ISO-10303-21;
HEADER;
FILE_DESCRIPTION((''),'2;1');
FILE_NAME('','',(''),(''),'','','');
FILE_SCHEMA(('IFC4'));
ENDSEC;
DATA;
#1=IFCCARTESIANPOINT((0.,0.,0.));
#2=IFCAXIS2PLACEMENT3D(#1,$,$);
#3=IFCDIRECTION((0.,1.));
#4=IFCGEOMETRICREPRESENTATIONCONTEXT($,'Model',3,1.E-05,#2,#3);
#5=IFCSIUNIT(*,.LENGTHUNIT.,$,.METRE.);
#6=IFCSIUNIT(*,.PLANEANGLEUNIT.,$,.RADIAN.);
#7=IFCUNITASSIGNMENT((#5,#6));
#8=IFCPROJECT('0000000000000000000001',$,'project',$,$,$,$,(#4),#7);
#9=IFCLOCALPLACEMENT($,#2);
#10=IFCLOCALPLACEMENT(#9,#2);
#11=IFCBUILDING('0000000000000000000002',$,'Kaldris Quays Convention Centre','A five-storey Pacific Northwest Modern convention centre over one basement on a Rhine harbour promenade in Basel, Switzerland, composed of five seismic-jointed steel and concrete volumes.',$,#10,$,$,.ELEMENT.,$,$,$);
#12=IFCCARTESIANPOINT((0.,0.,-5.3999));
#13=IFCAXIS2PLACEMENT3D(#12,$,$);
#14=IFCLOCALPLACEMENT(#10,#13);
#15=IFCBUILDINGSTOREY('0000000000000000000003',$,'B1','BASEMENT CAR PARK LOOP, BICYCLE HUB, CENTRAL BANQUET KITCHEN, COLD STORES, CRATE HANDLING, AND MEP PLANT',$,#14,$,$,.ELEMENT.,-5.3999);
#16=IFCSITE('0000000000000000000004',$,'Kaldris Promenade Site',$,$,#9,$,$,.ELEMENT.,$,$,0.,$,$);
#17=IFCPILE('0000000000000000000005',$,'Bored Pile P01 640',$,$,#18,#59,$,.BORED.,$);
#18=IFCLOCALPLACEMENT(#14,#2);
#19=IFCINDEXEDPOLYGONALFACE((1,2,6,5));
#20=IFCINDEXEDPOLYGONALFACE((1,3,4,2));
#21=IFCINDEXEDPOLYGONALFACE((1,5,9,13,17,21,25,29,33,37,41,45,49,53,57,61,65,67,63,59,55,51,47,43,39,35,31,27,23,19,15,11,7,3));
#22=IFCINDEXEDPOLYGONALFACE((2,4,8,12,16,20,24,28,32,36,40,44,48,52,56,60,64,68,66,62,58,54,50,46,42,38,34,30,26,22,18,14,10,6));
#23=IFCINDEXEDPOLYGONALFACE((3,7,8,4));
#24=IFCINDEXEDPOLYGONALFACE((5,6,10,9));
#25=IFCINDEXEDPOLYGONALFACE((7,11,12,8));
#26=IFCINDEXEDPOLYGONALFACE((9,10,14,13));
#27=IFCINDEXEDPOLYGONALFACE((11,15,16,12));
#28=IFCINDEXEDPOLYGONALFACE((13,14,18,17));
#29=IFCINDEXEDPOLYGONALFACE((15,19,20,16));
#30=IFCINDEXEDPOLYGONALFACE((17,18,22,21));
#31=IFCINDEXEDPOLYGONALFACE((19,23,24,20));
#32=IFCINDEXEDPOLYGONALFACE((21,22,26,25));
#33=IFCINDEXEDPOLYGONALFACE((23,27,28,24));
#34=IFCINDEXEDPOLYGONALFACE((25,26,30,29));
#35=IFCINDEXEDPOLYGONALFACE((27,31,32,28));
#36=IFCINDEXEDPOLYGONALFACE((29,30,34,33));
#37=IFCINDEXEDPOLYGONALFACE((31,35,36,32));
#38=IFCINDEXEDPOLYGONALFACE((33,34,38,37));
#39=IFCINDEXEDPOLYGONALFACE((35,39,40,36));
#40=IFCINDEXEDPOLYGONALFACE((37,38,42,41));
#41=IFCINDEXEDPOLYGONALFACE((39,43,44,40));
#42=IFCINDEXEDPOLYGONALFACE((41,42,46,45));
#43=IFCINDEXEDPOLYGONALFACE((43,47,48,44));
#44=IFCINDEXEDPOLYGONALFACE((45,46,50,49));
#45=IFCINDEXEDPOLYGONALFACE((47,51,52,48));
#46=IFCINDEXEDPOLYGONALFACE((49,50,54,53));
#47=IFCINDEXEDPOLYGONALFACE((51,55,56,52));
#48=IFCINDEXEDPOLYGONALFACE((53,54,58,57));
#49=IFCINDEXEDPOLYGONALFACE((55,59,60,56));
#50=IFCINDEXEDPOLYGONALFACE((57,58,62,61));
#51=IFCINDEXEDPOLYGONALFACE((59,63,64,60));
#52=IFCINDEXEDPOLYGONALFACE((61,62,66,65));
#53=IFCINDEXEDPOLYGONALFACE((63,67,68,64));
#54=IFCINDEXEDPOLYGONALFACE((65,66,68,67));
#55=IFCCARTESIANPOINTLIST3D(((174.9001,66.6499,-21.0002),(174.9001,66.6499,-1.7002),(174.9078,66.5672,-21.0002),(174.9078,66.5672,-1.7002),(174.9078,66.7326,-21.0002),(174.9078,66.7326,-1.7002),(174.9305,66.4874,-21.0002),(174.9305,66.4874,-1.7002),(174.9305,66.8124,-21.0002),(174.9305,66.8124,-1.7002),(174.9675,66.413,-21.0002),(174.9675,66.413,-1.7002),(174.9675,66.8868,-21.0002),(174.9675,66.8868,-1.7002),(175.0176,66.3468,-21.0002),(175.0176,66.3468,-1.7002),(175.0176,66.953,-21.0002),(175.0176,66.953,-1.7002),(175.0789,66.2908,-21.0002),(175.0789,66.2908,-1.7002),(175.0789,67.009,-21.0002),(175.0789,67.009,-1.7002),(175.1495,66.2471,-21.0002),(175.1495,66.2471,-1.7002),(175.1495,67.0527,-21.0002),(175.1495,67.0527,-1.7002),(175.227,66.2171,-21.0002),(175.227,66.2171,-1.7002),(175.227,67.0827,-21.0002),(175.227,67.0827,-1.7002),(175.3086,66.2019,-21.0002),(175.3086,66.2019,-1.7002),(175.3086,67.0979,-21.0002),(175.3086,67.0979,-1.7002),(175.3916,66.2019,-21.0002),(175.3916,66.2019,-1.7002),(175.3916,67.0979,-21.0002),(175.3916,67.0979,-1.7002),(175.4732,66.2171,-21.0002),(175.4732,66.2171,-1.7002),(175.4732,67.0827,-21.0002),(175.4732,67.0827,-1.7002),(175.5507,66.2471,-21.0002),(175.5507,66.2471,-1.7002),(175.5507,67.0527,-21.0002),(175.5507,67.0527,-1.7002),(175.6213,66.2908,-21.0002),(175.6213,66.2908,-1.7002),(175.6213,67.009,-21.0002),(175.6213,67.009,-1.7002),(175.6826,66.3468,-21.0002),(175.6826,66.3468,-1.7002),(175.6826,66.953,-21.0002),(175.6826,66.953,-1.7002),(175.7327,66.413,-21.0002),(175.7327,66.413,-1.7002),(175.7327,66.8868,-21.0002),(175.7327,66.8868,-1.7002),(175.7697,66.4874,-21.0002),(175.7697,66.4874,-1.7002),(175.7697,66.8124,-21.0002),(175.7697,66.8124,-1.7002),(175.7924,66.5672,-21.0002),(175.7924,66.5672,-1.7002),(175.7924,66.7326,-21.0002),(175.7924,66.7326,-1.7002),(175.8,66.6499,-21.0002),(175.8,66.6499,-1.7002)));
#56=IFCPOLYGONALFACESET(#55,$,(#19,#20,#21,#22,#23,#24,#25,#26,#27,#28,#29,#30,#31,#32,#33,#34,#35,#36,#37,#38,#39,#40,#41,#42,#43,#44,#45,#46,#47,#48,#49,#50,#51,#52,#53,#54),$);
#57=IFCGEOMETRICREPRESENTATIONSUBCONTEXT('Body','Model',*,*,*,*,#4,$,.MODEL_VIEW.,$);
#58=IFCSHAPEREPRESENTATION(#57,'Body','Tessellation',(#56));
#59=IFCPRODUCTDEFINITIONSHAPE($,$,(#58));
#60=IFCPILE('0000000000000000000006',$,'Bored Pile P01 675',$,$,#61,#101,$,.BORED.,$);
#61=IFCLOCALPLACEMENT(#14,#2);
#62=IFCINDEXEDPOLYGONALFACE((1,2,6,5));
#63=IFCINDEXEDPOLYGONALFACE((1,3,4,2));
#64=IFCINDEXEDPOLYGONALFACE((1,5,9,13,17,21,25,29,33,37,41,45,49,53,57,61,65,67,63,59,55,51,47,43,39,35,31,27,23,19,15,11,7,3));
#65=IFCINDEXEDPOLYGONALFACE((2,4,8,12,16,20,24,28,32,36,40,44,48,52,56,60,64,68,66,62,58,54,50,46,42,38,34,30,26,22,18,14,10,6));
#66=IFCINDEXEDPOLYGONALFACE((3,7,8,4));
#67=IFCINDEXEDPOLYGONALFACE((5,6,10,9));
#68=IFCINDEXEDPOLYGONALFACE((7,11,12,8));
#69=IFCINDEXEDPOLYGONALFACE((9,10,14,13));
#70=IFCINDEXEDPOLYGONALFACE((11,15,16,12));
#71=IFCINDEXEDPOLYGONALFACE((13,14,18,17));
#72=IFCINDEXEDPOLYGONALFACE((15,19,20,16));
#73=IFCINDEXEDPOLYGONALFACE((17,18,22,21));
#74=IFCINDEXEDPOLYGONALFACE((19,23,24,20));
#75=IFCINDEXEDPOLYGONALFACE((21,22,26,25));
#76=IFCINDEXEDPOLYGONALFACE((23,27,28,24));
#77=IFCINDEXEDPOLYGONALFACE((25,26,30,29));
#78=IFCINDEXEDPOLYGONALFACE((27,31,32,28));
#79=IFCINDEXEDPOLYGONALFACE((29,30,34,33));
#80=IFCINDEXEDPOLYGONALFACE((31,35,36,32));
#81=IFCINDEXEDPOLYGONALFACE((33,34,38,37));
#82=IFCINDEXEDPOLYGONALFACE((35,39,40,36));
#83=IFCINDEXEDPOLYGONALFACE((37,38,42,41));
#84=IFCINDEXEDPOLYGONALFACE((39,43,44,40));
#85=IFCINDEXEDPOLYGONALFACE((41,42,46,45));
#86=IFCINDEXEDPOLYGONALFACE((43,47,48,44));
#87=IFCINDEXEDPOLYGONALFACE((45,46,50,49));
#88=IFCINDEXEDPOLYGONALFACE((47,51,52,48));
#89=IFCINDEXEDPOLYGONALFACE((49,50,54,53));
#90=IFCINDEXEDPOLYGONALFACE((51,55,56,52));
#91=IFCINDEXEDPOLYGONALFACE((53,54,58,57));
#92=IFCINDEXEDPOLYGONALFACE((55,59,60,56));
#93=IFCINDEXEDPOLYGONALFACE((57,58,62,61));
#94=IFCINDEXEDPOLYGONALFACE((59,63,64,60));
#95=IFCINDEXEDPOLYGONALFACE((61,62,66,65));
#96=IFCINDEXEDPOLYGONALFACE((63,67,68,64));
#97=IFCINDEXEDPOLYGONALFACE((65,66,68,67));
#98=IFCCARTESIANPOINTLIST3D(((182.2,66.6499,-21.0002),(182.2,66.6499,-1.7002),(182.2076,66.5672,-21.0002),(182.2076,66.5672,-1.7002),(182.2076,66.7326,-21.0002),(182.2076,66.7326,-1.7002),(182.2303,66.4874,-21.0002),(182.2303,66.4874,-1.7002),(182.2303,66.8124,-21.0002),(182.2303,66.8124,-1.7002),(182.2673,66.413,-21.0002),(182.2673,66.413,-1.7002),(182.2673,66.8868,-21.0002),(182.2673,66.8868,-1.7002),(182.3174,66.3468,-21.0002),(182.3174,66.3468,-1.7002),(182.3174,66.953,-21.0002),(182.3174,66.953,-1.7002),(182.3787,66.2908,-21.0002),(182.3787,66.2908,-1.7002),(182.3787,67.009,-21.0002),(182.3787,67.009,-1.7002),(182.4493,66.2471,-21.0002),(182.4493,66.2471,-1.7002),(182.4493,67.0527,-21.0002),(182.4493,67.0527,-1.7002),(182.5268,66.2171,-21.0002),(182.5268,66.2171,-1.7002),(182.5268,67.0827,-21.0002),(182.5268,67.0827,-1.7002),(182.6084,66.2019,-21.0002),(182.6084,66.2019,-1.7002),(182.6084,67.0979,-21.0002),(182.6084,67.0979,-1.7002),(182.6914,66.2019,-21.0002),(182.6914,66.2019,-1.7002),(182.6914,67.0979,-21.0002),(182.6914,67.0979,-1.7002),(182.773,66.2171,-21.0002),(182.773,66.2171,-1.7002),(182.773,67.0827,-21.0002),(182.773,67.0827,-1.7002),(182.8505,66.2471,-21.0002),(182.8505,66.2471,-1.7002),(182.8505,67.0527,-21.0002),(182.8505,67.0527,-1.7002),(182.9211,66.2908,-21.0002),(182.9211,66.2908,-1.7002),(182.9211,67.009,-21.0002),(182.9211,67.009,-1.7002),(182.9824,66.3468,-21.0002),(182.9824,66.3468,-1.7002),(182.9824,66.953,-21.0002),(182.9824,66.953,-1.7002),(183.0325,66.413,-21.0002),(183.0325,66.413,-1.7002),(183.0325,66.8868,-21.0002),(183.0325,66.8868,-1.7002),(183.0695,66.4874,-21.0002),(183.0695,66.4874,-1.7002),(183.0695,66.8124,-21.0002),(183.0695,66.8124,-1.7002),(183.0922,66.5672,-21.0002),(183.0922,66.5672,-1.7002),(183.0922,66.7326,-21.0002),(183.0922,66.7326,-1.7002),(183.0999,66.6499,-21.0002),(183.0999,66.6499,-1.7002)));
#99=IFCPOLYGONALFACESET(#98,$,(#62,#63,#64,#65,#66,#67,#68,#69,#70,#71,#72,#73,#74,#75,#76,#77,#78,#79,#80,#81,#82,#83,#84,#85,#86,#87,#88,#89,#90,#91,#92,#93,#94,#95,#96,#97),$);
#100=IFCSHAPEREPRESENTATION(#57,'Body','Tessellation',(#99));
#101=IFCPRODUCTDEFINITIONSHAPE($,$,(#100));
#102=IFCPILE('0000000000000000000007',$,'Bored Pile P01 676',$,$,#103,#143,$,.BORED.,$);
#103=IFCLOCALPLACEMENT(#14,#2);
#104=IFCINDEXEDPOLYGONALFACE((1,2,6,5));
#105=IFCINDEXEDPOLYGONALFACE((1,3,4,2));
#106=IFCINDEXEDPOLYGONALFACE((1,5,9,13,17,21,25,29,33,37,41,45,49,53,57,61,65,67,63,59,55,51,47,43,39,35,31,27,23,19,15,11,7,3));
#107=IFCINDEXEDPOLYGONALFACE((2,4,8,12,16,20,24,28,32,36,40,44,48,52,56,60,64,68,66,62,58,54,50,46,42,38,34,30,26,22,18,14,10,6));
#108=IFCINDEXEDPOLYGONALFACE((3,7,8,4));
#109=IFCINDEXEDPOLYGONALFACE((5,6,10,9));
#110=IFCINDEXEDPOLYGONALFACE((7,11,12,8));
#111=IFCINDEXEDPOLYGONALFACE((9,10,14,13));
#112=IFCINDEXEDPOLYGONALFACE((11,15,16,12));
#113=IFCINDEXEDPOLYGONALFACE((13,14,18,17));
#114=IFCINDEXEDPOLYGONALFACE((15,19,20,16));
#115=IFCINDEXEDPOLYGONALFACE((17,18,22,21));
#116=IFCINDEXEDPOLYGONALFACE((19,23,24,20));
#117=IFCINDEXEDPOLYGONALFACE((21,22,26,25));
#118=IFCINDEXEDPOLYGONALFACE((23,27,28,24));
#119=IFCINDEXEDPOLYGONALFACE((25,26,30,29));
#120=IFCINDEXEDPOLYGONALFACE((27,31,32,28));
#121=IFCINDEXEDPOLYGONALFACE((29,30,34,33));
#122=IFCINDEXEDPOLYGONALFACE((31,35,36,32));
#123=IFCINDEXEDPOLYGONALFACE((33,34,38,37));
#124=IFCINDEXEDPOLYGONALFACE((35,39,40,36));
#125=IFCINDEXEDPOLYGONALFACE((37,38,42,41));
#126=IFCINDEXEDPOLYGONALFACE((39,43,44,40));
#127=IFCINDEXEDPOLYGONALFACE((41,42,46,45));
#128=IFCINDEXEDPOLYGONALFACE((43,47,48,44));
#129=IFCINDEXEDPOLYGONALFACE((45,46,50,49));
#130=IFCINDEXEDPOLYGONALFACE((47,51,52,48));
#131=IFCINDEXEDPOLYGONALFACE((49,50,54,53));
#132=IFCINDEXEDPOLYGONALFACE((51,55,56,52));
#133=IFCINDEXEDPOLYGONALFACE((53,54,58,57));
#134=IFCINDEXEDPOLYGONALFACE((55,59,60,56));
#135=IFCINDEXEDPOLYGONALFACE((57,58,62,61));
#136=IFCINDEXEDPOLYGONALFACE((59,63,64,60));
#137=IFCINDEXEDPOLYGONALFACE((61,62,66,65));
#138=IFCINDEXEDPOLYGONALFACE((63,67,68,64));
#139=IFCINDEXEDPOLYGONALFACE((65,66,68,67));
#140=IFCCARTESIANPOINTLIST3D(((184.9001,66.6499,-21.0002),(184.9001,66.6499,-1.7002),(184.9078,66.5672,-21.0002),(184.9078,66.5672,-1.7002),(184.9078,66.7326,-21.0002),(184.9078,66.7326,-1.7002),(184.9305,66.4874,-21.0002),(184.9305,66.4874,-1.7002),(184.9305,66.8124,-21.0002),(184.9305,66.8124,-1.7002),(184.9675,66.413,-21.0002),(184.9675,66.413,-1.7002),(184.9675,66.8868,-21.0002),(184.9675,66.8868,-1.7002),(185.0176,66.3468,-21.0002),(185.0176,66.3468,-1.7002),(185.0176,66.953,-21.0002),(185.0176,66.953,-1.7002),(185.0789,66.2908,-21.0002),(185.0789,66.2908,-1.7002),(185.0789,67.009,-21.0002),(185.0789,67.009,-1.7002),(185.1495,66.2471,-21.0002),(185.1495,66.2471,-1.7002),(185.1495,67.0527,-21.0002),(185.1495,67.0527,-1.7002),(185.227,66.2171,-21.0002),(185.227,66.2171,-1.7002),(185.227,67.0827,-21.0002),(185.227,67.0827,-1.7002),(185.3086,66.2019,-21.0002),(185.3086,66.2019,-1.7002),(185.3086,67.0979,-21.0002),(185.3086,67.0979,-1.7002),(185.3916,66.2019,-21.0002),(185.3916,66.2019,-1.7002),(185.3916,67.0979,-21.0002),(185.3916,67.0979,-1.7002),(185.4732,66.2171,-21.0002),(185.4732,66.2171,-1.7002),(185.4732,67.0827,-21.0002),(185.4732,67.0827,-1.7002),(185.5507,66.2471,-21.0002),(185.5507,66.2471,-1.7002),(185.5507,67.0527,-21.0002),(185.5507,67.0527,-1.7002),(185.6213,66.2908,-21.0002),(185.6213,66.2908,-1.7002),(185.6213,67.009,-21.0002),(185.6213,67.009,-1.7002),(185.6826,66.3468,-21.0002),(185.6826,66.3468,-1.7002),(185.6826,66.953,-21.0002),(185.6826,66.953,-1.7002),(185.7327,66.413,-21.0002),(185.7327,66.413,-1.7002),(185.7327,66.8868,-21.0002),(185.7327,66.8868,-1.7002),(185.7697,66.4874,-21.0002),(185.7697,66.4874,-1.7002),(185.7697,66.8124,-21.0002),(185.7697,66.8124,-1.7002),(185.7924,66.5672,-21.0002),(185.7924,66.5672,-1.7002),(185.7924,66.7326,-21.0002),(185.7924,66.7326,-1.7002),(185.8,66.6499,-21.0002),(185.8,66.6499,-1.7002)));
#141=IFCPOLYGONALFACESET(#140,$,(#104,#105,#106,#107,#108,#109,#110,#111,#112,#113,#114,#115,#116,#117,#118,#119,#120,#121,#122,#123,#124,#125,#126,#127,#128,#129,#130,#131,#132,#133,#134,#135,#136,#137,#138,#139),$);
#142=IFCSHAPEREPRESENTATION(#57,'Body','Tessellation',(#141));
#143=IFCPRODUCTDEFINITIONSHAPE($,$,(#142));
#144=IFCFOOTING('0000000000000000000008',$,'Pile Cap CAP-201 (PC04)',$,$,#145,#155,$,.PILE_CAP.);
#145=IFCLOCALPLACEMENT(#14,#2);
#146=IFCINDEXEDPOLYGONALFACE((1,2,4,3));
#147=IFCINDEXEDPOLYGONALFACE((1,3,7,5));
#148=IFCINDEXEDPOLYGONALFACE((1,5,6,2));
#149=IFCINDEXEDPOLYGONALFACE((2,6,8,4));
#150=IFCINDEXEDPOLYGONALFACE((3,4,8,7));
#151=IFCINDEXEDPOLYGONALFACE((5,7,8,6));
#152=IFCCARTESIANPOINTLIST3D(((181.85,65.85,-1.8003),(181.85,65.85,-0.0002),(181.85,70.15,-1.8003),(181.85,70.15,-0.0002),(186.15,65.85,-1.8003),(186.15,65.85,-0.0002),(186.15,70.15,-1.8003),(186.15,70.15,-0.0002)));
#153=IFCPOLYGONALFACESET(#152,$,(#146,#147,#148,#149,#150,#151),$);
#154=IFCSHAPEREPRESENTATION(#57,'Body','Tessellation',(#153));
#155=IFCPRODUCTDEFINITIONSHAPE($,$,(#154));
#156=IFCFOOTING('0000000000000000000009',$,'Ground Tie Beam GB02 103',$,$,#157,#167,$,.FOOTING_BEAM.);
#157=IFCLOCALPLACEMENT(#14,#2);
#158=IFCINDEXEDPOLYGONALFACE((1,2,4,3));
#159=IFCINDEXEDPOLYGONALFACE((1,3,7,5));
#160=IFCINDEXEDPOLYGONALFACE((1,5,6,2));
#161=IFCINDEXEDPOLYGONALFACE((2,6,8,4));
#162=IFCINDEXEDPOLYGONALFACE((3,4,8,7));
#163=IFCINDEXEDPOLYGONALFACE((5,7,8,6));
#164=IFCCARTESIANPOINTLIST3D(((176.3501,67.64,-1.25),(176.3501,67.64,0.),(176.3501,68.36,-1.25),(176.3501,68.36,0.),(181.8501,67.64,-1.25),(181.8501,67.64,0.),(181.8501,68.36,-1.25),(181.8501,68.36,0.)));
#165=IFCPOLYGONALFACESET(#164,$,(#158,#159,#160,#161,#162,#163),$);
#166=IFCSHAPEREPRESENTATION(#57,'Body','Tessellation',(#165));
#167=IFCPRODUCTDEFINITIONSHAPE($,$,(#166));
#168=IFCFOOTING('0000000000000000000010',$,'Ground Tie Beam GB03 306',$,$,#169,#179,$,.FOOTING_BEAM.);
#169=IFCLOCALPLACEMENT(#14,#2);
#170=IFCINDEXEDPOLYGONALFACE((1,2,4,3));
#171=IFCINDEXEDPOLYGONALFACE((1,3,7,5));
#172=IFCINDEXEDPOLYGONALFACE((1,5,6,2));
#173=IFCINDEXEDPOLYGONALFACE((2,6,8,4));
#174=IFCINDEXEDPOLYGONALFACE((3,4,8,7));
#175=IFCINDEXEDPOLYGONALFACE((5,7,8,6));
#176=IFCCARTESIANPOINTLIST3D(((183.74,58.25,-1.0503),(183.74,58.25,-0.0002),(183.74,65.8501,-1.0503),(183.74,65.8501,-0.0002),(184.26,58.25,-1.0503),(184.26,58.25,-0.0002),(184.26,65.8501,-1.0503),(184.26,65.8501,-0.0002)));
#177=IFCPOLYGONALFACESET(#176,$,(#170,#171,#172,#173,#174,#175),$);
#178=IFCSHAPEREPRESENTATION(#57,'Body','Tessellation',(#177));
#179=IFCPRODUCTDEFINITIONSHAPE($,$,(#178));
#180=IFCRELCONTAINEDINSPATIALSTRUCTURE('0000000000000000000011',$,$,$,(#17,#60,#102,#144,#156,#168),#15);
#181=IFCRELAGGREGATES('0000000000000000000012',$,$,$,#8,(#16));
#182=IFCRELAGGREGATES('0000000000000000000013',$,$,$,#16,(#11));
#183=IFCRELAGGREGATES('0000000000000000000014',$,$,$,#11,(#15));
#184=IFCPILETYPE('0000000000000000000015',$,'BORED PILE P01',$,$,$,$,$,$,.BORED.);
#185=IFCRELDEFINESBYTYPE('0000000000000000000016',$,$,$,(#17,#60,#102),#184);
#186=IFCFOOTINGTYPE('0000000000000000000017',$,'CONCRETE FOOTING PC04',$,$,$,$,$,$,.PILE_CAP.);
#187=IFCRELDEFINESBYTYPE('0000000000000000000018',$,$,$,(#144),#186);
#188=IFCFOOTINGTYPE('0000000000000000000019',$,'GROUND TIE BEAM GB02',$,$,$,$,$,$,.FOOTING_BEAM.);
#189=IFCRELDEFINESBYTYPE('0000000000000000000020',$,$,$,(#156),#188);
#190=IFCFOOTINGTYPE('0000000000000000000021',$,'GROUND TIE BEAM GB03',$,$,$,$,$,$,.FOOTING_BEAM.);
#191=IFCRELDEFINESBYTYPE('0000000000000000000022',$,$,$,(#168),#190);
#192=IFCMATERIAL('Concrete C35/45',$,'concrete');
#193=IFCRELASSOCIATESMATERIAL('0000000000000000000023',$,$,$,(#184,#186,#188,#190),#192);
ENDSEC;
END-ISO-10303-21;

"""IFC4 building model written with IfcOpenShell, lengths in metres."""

from ifc_helpers import new_model, si_unit, direction, frame, origin, origin_2d, place, context, subcontext, project, spatial, rectangle, circle, extrude, material, material_profile, profile_set, type_object, element, save


model = new_model("IFC4")

# Units and contexts
model_context = context("Model", 3, precision=1e-05, world=origin(), true_north=direction((0.0, 1.0)))
body_context = subcontext(model_context, "Body", "Model", "MODEL_VIEW")
ifc_project = project(units=[si_unit("LENGTHUNIT", "METRE"), si_unit("PLANEANGLEUNIT", "RADIAN")], contexts=[model_context])

# Site, building, storey
site_placement = place(None, origin())
site = spatial("IfcSite", under=ifc_project, at=site_placement, Name="Kaldris Promenade Site", CompositionType="ELEMENT", RefElevation=0.0)
building_placement = place(site_placement, origin())
building = spatial("IfcBuilding", under=site, at=building_placement, Name="Kaldris Quays Convention Centre", Description="A five-storey Pacific Northwest Modern convention centre over one basement on a Rhine harbour promenade in Basel, Switzerland, composed of five seismic-jointed steel and concrete volumes.", CompositionType="ELEMENT")
storey_placement = place(building_placement, frame((0.0, 0.0, -5.3999)))
storey = spatial("IfcBuildingStorey", under=building, at=storey_placement, Name="B1", Description="BASEMENT CAR PARK LOOP, BICYCLE HUB, CENTRAL BANQUET KITCHEN, COLD STORES, CRATE HANDLING, AND MEP PLANT", CompositionType="ELEMENT", Elevation=-5.3999)

# Piles
ifc_material_1 = material(Name="Concrete C35/45", Category="concrete")
ifc_material_profile_1 = material_profile(ifc_material_1, circle(Radius=0.45, at=origin_2d()), Name="BORED PILE D900")
ifc_profile_set_1 = profile_set([ifc_material_profile_1], Name="Concrete C35/45")
pile_type = type_object("IfcPileType", Name="BORED PILE P01", PredefinedType="BORED", material=ifc_profile_set_1)
for number, where, z_axis, x_axis, name in (
    (1, (175.3501, 66.6499, -1.7002), (0.0, 0.0, -1.0), (1.0, 0.0, 0.0), "Bored Pile P01 640"),
    (2, (182.6499, 66.6499, -1.7002), (0.0, 0.0, -1.0), (1.0, 0.0, 0.0), "Bored Pile P01 675"),
    (3, (185.3501, 66.6499, -1.7002), (0.0, 0.0, -1.0), (1.0, 0.0, 0.0), "Bored Pile P01 676"),
):
    element("IfcPile", number, at=place(storey_placement, frame(where, z_axis=z_axis, x_axis=x_axis)), inside=storey, type_object=pile_type, Name=name, PredefinedType="BORED", context=body_context, shape_type="SweptSolid", body=[
        extrude(circle(Radius=0.45, at=origin_2d()), origin(), (0.0, 0.0, 1.0), 19.3),
    ])

# Footings
footing_type_1 = type_object("IfcFootingType", Name="CONCRETE FOOTING PC04", PredefinedType="PILE_CAP", material=ifc_material_1)
footing_1_placement = place(storey_placement, frame((184.0, 68.0, -1.8003), z_axis=(0.0, 0.0, 1.0), x_axis=(1.0, 0.0, 0.0)))
element("IfcFooting", 4, at=footing_1_placement, inside=storey, type_object=footing_type_1, Name="Pile Cap CAP-201 (PC04)", PredefinedType="PILE_CAP", context=body_context, shape_type="SweptSolid", body=[
    extrude(rectangle(XDim=4.3, YDim=4.3, at=origin_2d()), origin(), (0.0, 0.0, 1.0), 1.8),
])
footing_type_2 = type_object("IfcFootingType", Name="GROUND TIE BEAM GB02", PredefinedType="FOOTING_BEAM", material=ifc_material_1)
footing_2_placement = place(storey_placement, frame((179.1001, 68.0, -1.25), z_axis=(0.0, 0.0, 1.0), x_axis=(1.0, 0.0, 0.0)))
element("IfcFooting", 5, at=footing_2_placement, inside=storey, type_object=footing_type_2, Name="Ground Tie Beam GB02 103", PredefinedType="FOOTING_BEAM", context=body_context, shape_type="SweptSolid", body=[
    extrude(rectangle(XDim=5.5, YDim=0.72, at=origin_2d()), origin(), (0.0, 0.0, 1.0), 1.25),
])
footing_type_3 = type_object("IfcFootingType", Name="GROUND TIE BEAM GB03", PredefinedType="FOOTING_BEAM", material=ifc_material_1)
footing_3_placement = place(storey_placement, frame((184.0, 62.05, -1.0503), z_axis=(0.0, 0.0, 1.0), x_axis=(1.0, 0.0, 0.0)))
element("IfcFooting", 6, at=footing_3_placement, inside=storey, type_object=footing_type_3, Name="Ground Tie Beam GB03 306", PredefinedType="FOOTING_BEAM", context=body_context, shape_type="SweptSolid", body=[
    extrude(rectangle(XDim=0.52, YDim=7.6001, at=origin_2d()), origin(), (0.0, 0.0, 1.0), 1.05),
])

save(model, "model.ifc")
